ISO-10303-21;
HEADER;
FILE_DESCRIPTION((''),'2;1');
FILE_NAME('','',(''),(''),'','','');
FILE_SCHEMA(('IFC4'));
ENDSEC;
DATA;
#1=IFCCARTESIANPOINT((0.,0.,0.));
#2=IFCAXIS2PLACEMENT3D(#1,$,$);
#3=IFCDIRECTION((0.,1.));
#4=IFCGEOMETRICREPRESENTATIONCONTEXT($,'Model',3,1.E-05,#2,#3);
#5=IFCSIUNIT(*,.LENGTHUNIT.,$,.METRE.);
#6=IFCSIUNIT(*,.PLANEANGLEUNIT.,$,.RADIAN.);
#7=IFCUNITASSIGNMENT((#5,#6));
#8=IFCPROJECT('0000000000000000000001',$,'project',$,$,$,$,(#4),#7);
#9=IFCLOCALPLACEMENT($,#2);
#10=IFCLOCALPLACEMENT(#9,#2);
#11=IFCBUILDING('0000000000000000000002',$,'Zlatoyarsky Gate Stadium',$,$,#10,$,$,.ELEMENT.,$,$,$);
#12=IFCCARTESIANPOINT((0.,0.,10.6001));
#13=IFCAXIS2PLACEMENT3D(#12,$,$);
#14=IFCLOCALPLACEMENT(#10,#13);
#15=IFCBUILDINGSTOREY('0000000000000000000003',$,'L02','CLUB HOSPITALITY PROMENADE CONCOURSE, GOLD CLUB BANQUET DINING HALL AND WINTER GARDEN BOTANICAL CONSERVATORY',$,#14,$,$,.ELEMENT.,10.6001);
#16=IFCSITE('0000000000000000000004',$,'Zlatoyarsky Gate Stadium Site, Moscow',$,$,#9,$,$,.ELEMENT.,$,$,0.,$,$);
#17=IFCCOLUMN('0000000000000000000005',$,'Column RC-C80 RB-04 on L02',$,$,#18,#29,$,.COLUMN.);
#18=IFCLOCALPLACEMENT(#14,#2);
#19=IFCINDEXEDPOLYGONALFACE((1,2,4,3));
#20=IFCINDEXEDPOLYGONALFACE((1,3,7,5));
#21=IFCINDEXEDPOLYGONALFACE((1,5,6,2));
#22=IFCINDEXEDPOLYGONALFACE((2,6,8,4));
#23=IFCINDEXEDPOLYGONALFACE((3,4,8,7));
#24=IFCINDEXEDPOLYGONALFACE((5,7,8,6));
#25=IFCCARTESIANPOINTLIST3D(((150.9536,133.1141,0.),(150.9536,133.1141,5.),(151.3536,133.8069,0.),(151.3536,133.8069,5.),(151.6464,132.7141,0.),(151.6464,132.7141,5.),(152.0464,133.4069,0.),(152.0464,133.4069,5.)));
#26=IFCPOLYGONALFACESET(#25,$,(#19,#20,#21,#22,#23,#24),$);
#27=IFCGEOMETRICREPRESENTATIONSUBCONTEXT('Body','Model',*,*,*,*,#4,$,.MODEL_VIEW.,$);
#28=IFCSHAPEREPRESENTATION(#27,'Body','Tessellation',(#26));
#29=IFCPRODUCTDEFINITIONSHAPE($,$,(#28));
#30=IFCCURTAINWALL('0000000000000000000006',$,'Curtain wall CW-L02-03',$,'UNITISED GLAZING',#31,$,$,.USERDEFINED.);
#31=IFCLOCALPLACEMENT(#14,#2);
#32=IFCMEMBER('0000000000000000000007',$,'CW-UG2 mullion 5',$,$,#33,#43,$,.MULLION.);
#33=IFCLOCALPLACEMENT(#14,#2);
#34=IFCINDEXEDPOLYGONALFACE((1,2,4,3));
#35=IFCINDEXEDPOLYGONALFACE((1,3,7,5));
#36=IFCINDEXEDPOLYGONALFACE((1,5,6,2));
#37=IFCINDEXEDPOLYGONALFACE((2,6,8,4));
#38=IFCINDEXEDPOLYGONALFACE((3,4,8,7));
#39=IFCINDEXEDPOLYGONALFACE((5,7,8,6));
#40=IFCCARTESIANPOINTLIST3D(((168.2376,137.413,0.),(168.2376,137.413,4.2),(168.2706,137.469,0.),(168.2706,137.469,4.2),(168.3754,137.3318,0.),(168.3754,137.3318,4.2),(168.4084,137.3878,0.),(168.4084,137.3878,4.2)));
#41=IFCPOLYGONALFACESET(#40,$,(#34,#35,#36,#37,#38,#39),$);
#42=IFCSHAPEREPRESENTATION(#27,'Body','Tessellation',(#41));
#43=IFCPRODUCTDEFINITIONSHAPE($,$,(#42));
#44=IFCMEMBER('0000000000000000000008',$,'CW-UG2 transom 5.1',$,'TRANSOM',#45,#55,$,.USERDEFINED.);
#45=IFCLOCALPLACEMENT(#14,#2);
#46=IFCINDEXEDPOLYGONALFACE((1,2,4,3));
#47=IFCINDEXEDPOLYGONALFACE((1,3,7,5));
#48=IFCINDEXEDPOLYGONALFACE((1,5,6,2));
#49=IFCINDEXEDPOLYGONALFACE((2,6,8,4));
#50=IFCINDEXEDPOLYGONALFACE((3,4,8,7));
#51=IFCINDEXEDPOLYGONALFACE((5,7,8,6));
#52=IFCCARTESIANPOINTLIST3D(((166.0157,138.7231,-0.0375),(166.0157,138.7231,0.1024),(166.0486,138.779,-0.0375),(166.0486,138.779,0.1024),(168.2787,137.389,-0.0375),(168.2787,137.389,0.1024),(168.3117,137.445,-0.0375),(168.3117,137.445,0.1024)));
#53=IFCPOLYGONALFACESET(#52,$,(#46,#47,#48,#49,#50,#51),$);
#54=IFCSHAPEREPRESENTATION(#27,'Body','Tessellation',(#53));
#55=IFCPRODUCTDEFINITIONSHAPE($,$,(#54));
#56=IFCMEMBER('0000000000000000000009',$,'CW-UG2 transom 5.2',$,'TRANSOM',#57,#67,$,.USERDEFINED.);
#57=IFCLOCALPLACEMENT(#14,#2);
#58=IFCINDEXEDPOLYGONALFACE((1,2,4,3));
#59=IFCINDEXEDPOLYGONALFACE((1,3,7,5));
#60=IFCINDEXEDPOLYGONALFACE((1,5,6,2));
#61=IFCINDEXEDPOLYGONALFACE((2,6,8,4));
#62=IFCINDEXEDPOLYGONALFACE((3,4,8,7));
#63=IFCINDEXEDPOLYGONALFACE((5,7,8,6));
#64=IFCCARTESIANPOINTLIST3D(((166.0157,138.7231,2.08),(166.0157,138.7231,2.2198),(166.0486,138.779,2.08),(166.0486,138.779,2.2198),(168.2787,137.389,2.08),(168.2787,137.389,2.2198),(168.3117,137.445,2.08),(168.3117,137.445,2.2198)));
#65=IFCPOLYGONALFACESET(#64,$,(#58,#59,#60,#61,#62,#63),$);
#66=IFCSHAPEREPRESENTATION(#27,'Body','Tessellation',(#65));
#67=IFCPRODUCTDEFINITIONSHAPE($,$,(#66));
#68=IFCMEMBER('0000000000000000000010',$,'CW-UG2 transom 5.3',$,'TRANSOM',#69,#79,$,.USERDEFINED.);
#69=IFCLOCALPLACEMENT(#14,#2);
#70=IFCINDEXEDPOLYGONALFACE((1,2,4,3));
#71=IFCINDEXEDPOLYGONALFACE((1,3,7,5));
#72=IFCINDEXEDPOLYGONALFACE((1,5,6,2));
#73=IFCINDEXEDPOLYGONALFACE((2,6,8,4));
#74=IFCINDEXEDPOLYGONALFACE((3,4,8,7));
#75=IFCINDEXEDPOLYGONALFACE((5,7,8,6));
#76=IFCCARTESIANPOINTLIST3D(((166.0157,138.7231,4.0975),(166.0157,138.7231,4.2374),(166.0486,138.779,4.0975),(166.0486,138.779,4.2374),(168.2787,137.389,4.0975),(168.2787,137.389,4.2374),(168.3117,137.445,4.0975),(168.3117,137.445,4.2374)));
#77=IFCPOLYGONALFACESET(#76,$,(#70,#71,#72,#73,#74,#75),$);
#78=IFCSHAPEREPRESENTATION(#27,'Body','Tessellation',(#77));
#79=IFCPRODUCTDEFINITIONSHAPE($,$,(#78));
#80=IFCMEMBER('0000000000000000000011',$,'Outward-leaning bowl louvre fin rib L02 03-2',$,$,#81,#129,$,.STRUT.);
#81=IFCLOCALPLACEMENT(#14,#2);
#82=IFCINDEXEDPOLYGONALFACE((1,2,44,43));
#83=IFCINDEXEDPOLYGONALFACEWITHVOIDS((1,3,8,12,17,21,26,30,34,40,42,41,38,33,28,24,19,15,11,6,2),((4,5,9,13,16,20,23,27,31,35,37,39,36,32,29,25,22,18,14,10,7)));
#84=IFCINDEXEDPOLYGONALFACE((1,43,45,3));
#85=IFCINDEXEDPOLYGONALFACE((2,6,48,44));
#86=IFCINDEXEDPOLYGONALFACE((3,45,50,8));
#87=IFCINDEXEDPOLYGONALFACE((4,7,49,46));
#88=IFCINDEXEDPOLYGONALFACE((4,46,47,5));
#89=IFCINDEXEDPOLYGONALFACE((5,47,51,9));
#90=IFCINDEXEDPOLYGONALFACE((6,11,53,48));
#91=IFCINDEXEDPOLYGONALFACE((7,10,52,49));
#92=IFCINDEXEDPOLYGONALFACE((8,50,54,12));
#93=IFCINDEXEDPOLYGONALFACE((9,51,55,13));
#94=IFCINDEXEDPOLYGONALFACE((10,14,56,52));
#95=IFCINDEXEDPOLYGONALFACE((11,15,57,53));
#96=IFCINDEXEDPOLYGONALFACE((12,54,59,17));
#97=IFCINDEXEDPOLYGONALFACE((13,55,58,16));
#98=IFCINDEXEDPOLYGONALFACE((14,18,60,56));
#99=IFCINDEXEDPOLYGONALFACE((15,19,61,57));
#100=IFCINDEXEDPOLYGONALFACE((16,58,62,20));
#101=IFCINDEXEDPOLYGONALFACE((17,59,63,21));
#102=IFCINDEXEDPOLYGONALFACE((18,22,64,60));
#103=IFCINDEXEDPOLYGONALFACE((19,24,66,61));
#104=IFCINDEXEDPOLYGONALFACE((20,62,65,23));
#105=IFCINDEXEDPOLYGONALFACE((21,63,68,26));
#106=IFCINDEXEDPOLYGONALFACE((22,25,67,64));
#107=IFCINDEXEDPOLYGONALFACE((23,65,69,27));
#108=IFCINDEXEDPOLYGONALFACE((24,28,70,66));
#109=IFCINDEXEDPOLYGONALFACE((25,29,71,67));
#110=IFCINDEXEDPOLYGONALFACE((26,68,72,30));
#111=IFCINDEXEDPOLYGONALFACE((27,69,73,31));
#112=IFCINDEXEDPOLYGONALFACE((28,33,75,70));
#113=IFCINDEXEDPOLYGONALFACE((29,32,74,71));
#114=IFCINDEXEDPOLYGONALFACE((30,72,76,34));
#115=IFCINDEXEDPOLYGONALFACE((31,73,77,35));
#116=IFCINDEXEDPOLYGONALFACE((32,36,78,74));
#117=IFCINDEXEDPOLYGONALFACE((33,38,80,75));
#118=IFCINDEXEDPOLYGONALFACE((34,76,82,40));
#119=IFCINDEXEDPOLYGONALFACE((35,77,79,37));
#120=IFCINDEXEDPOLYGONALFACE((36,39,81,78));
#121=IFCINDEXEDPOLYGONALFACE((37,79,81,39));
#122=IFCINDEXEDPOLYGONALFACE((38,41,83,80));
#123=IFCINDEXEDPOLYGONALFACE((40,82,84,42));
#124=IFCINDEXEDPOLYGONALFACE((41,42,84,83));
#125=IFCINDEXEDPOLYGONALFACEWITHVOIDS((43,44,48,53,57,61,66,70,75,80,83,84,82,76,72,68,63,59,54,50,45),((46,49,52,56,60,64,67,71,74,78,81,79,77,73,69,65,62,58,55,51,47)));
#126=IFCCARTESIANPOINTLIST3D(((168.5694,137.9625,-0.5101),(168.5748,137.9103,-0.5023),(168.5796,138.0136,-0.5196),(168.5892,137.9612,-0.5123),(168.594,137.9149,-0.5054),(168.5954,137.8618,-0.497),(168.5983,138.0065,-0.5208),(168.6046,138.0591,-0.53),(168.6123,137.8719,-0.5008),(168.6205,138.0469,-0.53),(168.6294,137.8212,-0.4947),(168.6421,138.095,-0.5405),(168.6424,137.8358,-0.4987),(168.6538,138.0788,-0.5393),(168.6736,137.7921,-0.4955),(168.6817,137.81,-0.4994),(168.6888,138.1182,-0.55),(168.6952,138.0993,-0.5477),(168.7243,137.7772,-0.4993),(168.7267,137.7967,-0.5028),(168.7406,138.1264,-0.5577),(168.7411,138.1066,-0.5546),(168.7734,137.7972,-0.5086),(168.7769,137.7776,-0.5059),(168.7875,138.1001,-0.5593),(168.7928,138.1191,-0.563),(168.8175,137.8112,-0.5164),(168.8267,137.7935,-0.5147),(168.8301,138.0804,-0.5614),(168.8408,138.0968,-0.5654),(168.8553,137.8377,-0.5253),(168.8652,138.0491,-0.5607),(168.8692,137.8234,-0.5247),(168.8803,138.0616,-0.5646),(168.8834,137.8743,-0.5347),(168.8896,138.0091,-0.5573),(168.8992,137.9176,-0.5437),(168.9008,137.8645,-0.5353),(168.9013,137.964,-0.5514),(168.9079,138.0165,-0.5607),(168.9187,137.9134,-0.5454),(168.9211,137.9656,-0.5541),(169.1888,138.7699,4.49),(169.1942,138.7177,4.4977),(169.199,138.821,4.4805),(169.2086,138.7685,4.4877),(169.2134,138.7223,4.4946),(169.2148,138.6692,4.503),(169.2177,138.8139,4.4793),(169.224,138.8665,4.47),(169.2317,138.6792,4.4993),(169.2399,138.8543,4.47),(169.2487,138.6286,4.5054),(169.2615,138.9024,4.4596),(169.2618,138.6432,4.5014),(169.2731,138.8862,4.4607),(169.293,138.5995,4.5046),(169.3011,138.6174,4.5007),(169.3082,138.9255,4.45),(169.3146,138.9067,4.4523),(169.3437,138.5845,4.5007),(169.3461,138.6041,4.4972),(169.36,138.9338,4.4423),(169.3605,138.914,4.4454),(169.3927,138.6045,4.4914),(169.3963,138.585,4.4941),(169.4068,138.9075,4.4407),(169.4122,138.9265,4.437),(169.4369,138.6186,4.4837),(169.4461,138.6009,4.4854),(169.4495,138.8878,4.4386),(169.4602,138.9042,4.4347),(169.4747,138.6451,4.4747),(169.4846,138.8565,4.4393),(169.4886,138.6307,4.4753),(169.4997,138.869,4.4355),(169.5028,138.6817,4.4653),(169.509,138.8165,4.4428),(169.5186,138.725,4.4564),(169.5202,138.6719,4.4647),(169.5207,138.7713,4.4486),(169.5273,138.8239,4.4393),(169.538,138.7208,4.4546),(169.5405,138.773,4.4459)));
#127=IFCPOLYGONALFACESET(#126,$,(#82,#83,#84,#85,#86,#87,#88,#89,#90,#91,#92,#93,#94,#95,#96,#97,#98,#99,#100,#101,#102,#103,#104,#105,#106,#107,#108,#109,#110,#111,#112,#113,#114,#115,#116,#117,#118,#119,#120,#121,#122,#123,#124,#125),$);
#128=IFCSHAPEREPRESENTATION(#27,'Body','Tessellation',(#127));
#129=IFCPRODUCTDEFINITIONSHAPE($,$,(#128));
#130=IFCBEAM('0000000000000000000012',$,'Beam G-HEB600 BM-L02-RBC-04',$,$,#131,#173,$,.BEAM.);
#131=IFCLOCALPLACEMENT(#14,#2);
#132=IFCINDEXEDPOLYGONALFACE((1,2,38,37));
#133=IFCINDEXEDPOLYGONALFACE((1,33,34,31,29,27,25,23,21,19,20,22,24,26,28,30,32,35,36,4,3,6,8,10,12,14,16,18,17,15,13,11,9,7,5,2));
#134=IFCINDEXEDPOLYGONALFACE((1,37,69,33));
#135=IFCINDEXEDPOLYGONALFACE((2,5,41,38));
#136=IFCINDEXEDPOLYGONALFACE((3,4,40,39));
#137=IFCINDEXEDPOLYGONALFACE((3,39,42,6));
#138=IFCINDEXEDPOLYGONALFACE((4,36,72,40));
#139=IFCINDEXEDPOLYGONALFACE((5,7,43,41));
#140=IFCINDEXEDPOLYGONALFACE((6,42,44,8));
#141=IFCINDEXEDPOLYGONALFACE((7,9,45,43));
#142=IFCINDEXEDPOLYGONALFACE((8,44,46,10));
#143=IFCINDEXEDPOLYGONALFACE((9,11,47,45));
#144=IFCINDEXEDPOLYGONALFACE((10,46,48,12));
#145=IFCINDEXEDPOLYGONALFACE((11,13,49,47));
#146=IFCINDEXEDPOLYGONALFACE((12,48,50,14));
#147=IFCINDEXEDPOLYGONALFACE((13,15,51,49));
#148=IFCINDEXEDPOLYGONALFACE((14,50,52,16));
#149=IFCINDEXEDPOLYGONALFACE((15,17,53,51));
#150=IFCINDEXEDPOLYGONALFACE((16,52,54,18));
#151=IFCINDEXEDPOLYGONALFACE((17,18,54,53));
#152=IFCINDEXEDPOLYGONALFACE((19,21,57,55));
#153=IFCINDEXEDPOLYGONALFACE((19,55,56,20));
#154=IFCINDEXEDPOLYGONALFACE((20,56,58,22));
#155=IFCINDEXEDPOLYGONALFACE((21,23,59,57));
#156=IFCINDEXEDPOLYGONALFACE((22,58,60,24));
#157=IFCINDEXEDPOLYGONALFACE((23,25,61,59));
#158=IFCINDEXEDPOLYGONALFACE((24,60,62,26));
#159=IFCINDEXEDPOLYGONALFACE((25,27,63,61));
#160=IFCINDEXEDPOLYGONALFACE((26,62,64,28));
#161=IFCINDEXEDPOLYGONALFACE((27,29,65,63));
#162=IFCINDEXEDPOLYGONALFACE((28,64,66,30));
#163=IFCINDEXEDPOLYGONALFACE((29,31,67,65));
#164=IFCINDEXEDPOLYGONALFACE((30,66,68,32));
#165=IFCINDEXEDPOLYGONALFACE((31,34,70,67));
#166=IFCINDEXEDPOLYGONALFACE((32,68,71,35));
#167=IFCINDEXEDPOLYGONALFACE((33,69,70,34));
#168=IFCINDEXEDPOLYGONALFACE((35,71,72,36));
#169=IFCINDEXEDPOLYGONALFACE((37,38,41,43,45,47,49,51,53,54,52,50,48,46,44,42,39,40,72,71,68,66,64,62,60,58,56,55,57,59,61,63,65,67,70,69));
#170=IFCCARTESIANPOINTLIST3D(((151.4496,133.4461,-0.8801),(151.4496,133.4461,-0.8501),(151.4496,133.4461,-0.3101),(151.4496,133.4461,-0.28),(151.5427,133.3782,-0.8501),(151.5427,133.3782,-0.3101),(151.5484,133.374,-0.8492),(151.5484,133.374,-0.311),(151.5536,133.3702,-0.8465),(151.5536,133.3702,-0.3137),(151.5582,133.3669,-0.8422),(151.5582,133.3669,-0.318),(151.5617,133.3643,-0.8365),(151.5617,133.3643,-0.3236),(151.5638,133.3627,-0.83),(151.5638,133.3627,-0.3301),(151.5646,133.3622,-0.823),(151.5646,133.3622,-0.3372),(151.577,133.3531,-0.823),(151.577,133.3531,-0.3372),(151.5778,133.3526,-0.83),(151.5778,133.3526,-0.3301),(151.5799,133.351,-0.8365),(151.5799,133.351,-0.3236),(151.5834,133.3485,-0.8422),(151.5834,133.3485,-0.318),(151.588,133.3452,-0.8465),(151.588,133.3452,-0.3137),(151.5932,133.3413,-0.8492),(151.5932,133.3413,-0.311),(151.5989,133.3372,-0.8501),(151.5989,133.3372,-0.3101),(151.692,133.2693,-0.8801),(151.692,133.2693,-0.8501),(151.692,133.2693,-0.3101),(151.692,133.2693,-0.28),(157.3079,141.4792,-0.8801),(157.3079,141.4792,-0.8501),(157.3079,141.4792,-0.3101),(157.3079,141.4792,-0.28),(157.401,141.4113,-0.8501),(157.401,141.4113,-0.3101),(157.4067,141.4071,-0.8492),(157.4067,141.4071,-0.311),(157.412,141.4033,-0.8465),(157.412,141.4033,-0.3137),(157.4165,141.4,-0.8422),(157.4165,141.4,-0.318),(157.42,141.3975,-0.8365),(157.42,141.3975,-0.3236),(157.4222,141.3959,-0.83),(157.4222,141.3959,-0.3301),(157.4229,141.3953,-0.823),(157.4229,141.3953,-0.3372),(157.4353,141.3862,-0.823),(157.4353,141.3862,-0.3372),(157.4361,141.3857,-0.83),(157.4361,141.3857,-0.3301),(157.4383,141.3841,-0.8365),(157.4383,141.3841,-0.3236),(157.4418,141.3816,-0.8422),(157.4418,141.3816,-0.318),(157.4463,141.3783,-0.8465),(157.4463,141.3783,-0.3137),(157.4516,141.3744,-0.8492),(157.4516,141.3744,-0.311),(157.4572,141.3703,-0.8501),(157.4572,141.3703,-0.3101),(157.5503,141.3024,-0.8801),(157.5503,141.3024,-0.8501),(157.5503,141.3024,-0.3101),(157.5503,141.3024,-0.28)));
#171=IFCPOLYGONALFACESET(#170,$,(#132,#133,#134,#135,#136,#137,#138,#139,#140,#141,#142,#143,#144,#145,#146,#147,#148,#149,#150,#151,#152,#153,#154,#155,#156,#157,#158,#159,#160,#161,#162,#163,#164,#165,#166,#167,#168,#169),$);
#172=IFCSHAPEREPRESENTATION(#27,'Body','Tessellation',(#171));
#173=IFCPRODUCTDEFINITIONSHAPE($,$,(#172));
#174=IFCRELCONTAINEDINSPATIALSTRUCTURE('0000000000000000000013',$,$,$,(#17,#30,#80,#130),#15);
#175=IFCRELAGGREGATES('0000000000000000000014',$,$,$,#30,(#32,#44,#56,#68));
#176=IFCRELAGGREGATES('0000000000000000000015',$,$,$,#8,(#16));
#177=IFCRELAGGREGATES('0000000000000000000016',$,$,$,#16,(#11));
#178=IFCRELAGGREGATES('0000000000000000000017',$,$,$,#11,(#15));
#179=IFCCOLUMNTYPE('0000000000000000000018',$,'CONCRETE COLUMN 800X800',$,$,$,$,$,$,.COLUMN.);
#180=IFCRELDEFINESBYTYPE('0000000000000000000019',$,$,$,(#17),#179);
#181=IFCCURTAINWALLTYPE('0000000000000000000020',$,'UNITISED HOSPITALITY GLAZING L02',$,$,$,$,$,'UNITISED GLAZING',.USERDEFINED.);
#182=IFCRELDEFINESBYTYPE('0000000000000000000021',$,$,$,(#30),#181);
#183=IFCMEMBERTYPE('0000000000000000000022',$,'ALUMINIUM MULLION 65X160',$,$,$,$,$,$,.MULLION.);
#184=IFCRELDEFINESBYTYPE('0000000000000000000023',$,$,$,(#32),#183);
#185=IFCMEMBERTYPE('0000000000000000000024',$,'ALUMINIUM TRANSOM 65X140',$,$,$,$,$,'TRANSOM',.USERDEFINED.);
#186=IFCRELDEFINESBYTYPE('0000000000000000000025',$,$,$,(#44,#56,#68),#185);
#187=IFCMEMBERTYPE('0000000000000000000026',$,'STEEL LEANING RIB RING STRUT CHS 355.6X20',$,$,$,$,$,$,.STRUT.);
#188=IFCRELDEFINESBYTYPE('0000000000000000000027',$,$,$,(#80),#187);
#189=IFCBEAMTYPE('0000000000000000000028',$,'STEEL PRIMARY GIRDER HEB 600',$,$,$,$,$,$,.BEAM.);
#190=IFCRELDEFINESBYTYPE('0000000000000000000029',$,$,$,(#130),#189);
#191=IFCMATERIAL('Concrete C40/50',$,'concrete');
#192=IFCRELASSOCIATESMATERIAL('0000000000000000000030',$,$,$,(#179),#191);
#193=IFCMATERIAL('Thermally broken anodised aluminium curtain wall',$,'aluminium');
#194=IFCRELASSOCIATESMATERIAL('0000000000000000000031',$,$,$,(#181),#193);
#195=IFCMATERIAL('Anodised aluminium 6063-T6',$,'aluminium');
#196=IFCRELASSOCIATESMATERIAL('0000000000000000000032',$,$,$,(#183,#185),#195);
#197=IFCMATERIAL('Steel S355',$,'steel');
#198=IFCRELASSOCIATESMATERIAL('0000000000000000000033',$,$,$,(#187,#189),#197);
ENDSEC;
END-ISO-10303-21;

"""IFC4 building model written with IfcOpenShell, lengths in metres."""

from ifc_helpers import new_model, si_unit, direction, frame, origin, origin_2d, place, context, subcontext, project, spatial, rectangle, hollow_circle, i_section, extrude, material, material_profile, profile_set, type_object, element, aggregate, save


model = new_model("IFC4")

# Units and contexts
model_context = context("Model", 3, precision=1e-05, world=origin(), true_north=direction((0.0, 1.0)))
body_context = subcontext(model_context, "Body", "Model", "MODEL_VIEW")
ifc_project = project(units=[si_unit("LENGTHUNIT", "METRE"), si_unit("PLANEANGLEUNIT", "RADIAN")], contexts=[model_context])

# Site, building, storey
site_placement = place(None, origin())
site = spatial("IfcSite", under=ifc_project, at=site_placement, Name="Zlatoyarsky Gate Stadium Site, Moscow", CompositionType="ELEMENT", RefElevation=0.0)
building_placement = place(site_placement, origin())
building = spatial("IfcBuilding", under=site, at=building_placement, Name="Zlatoyarsky Gate Stadium", CompositionType="ELEMENT")
storey_placement = place(building_placement, frame((0.0, 0.0, 10.6001)))
storey = spatial("IfcBuildingStorey", under=building, at=storey_placement, Name="L02", Description="CLUB HOSPITALITY PROMENADE CONCOURSE, GOLD CLUB BANQUET DINING HALL AND WINTER GARDEN BOTANICAL CONSERVATORY", CompositionType="ELEMENT", Elevation=10.6001)

# Column
ifc_material_1 = material(Name="Concrete C40/50", Category="concrete")
ifc_material_profile_1 = material_profile(ifc_material_1, rectangle(XDim=0.8, YDim=0.8, at=origin_2d()), Name="RC COL 800X800")
ifc_profile_set_1 = profile_set([ifc_material_profile_1], Name="Concrete C40/50")
column_type = type_object("IfcColumnType", Name="CONCRETE COLUMN 800X800", PredefinedType="COLUMN", material=ifc_profile_set_1)
column_placement = place(storey_placement, frame((151.5, 133.2605, 0.0), z_axis=(0.0, 0.0, 1.0), x_axis=(0.5, 0.866025, 0.0)))
element("IfcColumn", 1, at=column_placement, inside=storey, type_object=column_type, Name="Column RC-C80 RB-04 on L02", PredefinedType="COLUMN", context=body_context, shape_type="SweptSolid", body=[
    extrude(rectangle(XDim=0.8, YDim=0.8, at=origin_2d()), origin(), (0.0, 0.0, 1.0), 5.0),
])

# Curtain wall, members
ifc_material_2 = material(Name="Thermally broken anodised aluminium curtain wall", Category="aluminium")
curtain_wall_type = type_object("IfcCurtainWallType", Name="UNITISED HOSPITALITY GLAZING L02", ElementType="UNITISED GLAZING", PredefinedType="USERDEFINED", material=ifc_material_2)
curtain_wall_placement = place(storey_placement, origin())
curtain_wall = element("IfcCurtainWall", 2, at=curtain_wall_placement, inside=storey, type_object=curtain_wall_type, Name="Curtain wall CW-L02-03", ObjectType="UNITISED GLAZING", PredefinedType="USERDEFINED")
ifc_material_3 = material(Name="Anodised aluminium 6063-T6", Category="aluminium")
ifc_material_profile_2 = material_profile(ifc_material_3, rectangle(XDim=0.0649, YDim=0.1599, at=origin_2d()), Name="ALU 65X160")
ifc_profile_set_2 = profile_set([ifc_material_profile_2], Name="Anodised aluminium 6063-T6")
member_type_1 = type_object("IfcMemberType", Name="ALUMINIUM MULLION 65X160", PredefinedType="MULLION", material=ifc_profile_set_2)
member_1_placement = place(storey_placement, frame((168.323, 137.4004, 0.0), z_axis=(0.0, 0.0, 1.0), x_axis=(-0.507884, -0.861425, 0.0)))
member_1 = element("IfcMember", 3, at=member_1_placement, type_object=member_type_1, Name="CW-UG2 mullion 5", PredefinedType="MULLION", context=body_context, shape_type="SweptSolid", body=[
    extrude(rectangle(XDim=0.0649, YDim=0.1599, at=origin_2d()), origin(), (0.0, 0.0, 1.0), 4.2),
])
ifc_material_profile_3 = material_profile(ifc_material_3, rectangle(XDim=0.0649, YDim=0.1399, at=origin_2d()), Name="ALU 65X140")
ifc_profile_set_3 = profile_set([ifc_material_profile_3], Name="Anodised aluminium 6063-T6")
member_type_2 = type_object("IfcMemberType", Name="ALUMINIUM TRANSOM 65X140", ElementType="TRANSOM", PredefinedType="USERDEFINED", material=ifc_profile_set_3)
member_2_placement = place(storey_placement, frame((168.2952, 137.417, 0.0325), z_axis=(-0.861461, 0.507824, 0.0), x_axis=(-0.507824, -0.861461, 0.0)))
member_2 = element("IfcMember", 4, at=member_2_placement, type_object=member_type_2, Name="CW-UG2 transom 5.1", ObjectType="TRANSOM", PredefinedType="USERDEFINED", context=body_context, shape_type="SweptSolid", body=[
    extrude(rectangle(XDim=0.0649, YDim=0.1399, at=origin_2d()), origin(), (0.0, 0.0, 1.0), 2.627),
])
member_3_placement = place(storey_placement, frame((168.2952, 137.417, 2.1499), z_axis=(-0.861461, 0.507824, 0.0), x_axis=(-0.507824, -0.861461, 0.0)))
member_3 = element("IfcMember", 5, at=member_3_placement, type_object=member_type_2, Name="CW-UG2 transom 5.2", ObjectType="TRANSOM", PredefinedType="USERDEFINED", context=body_context, shape_type="SweptSolid", body=[
    extrude(rectangle(XDim=0.0649, YDim=0.1399, at=origin_2d()), origin(), (0.0, 0.0, 1.0), 2.627),
])
member_4_placement = place(storey_placement, frame((168.2952, 137.417, 4.1675), z_axis=(-0.861461, 0.507824, 0.0), x_axis=(-0.507824, -0.861461, 0.0)))
member_4 = element("IfcMember", 6, at=member_4_placement, type_object=member_type_2, Name="CW-UG2 transom 5.3", ObjectType="TRANSOM", PredefinedType="USERDEFINED", context=body_context, shape_type="SweptSolid", body=[
    extrude(rectangle(XDim=0.0649, YDim=0.1399, at=origin_2d()), origin(), (0.0, 0.0, 1.0), 2.627),
])

# Member
ifc_material_4 = material(Name="Steel S355", Category="steel")
ifc_material_profile_4 = material_profile(ifc_material_4, hollow_circle(Radius=0.1777, WallThickness=0.02, at=origin_2d()), Name="CHS 355.6X20")
ifc_profile_set_4 = profile_set([ifc_material_profile_4], Name="Steel S355")
member_type_3 = type_object("IfcMemberType", Name="STEEL LEANING RIB RING STRUT CHS 355.6X20", PredefinedType="STRUT", material=ifc_profile_set_4)
member_5_placement = place(storey_placement, frame((168.7456, 137.9509, -0.53), z_axis=(0.121389, 0.158231, 0.979912), x_axis=(-0.793417, 0.608678, 0.0)))
element("IfcMember", 7, at=member_5_placement, inside=storey, type_object=member_type_3, Name="Outward-leaning bowl louvre fin rib L02 03-2", PredefinedType="STRUT", context=body_context, shape_type="SweptSolid", body=[
    extrude(hollow_circle(Radius=0.1777, WallThickness=0.02, at=origin_2d()), origin(), (0.0, 0.0, 1.0), 5.1025),
])

# Beam
ifc_material_profile_5 = material_profile(ifc_material_4, i_section(OverallWidth=0.3, OverallDepth=0.6001, WebThickness=0.0154, FlangeThickness=0.03, FilletRadius=0.0271, at=origin_2d()), Name="HEB 600")
ifc_profile_set_5 = profile_set([ifc_material_profile_5], Name="Steel S355")
beam_type_1 = type_object("IfcBeamType", Name="STEEL PRIMARY GIRDER HEB 600", PredefinedType="BEAM", material=ifc_profile_set_5)
beam_1_placement = place(storey_placement, frame((151.5708, 133.3577, -0.5801), z_axis=(0.589228, 0.807967, 0.0), x_axis=(-0.807967, 0.589228, 0.0)))
element("IfcBeam", 8, at=beam_1_placement, inside=storey, type_object=beam_type_1, Name="Beam G-HEB600 BM-L02-RBC-04", PredefinedType="BEAM", context=body_context, shape_type="SweptSolid", body=[
    extrude(i_section(OverallWidth=0.3, OverallDepth=0.6001, WebThickness=0.0154, FlangeThickness=0.03, FilletRadius=0.0271, at=origin_2d()), origin(), (0.0, 0.0, 1.0), 9.9424),
])

aggregate(curtain_wall, [member_1, member_2, member_3, member_4])

save(model, "model.ifc")
